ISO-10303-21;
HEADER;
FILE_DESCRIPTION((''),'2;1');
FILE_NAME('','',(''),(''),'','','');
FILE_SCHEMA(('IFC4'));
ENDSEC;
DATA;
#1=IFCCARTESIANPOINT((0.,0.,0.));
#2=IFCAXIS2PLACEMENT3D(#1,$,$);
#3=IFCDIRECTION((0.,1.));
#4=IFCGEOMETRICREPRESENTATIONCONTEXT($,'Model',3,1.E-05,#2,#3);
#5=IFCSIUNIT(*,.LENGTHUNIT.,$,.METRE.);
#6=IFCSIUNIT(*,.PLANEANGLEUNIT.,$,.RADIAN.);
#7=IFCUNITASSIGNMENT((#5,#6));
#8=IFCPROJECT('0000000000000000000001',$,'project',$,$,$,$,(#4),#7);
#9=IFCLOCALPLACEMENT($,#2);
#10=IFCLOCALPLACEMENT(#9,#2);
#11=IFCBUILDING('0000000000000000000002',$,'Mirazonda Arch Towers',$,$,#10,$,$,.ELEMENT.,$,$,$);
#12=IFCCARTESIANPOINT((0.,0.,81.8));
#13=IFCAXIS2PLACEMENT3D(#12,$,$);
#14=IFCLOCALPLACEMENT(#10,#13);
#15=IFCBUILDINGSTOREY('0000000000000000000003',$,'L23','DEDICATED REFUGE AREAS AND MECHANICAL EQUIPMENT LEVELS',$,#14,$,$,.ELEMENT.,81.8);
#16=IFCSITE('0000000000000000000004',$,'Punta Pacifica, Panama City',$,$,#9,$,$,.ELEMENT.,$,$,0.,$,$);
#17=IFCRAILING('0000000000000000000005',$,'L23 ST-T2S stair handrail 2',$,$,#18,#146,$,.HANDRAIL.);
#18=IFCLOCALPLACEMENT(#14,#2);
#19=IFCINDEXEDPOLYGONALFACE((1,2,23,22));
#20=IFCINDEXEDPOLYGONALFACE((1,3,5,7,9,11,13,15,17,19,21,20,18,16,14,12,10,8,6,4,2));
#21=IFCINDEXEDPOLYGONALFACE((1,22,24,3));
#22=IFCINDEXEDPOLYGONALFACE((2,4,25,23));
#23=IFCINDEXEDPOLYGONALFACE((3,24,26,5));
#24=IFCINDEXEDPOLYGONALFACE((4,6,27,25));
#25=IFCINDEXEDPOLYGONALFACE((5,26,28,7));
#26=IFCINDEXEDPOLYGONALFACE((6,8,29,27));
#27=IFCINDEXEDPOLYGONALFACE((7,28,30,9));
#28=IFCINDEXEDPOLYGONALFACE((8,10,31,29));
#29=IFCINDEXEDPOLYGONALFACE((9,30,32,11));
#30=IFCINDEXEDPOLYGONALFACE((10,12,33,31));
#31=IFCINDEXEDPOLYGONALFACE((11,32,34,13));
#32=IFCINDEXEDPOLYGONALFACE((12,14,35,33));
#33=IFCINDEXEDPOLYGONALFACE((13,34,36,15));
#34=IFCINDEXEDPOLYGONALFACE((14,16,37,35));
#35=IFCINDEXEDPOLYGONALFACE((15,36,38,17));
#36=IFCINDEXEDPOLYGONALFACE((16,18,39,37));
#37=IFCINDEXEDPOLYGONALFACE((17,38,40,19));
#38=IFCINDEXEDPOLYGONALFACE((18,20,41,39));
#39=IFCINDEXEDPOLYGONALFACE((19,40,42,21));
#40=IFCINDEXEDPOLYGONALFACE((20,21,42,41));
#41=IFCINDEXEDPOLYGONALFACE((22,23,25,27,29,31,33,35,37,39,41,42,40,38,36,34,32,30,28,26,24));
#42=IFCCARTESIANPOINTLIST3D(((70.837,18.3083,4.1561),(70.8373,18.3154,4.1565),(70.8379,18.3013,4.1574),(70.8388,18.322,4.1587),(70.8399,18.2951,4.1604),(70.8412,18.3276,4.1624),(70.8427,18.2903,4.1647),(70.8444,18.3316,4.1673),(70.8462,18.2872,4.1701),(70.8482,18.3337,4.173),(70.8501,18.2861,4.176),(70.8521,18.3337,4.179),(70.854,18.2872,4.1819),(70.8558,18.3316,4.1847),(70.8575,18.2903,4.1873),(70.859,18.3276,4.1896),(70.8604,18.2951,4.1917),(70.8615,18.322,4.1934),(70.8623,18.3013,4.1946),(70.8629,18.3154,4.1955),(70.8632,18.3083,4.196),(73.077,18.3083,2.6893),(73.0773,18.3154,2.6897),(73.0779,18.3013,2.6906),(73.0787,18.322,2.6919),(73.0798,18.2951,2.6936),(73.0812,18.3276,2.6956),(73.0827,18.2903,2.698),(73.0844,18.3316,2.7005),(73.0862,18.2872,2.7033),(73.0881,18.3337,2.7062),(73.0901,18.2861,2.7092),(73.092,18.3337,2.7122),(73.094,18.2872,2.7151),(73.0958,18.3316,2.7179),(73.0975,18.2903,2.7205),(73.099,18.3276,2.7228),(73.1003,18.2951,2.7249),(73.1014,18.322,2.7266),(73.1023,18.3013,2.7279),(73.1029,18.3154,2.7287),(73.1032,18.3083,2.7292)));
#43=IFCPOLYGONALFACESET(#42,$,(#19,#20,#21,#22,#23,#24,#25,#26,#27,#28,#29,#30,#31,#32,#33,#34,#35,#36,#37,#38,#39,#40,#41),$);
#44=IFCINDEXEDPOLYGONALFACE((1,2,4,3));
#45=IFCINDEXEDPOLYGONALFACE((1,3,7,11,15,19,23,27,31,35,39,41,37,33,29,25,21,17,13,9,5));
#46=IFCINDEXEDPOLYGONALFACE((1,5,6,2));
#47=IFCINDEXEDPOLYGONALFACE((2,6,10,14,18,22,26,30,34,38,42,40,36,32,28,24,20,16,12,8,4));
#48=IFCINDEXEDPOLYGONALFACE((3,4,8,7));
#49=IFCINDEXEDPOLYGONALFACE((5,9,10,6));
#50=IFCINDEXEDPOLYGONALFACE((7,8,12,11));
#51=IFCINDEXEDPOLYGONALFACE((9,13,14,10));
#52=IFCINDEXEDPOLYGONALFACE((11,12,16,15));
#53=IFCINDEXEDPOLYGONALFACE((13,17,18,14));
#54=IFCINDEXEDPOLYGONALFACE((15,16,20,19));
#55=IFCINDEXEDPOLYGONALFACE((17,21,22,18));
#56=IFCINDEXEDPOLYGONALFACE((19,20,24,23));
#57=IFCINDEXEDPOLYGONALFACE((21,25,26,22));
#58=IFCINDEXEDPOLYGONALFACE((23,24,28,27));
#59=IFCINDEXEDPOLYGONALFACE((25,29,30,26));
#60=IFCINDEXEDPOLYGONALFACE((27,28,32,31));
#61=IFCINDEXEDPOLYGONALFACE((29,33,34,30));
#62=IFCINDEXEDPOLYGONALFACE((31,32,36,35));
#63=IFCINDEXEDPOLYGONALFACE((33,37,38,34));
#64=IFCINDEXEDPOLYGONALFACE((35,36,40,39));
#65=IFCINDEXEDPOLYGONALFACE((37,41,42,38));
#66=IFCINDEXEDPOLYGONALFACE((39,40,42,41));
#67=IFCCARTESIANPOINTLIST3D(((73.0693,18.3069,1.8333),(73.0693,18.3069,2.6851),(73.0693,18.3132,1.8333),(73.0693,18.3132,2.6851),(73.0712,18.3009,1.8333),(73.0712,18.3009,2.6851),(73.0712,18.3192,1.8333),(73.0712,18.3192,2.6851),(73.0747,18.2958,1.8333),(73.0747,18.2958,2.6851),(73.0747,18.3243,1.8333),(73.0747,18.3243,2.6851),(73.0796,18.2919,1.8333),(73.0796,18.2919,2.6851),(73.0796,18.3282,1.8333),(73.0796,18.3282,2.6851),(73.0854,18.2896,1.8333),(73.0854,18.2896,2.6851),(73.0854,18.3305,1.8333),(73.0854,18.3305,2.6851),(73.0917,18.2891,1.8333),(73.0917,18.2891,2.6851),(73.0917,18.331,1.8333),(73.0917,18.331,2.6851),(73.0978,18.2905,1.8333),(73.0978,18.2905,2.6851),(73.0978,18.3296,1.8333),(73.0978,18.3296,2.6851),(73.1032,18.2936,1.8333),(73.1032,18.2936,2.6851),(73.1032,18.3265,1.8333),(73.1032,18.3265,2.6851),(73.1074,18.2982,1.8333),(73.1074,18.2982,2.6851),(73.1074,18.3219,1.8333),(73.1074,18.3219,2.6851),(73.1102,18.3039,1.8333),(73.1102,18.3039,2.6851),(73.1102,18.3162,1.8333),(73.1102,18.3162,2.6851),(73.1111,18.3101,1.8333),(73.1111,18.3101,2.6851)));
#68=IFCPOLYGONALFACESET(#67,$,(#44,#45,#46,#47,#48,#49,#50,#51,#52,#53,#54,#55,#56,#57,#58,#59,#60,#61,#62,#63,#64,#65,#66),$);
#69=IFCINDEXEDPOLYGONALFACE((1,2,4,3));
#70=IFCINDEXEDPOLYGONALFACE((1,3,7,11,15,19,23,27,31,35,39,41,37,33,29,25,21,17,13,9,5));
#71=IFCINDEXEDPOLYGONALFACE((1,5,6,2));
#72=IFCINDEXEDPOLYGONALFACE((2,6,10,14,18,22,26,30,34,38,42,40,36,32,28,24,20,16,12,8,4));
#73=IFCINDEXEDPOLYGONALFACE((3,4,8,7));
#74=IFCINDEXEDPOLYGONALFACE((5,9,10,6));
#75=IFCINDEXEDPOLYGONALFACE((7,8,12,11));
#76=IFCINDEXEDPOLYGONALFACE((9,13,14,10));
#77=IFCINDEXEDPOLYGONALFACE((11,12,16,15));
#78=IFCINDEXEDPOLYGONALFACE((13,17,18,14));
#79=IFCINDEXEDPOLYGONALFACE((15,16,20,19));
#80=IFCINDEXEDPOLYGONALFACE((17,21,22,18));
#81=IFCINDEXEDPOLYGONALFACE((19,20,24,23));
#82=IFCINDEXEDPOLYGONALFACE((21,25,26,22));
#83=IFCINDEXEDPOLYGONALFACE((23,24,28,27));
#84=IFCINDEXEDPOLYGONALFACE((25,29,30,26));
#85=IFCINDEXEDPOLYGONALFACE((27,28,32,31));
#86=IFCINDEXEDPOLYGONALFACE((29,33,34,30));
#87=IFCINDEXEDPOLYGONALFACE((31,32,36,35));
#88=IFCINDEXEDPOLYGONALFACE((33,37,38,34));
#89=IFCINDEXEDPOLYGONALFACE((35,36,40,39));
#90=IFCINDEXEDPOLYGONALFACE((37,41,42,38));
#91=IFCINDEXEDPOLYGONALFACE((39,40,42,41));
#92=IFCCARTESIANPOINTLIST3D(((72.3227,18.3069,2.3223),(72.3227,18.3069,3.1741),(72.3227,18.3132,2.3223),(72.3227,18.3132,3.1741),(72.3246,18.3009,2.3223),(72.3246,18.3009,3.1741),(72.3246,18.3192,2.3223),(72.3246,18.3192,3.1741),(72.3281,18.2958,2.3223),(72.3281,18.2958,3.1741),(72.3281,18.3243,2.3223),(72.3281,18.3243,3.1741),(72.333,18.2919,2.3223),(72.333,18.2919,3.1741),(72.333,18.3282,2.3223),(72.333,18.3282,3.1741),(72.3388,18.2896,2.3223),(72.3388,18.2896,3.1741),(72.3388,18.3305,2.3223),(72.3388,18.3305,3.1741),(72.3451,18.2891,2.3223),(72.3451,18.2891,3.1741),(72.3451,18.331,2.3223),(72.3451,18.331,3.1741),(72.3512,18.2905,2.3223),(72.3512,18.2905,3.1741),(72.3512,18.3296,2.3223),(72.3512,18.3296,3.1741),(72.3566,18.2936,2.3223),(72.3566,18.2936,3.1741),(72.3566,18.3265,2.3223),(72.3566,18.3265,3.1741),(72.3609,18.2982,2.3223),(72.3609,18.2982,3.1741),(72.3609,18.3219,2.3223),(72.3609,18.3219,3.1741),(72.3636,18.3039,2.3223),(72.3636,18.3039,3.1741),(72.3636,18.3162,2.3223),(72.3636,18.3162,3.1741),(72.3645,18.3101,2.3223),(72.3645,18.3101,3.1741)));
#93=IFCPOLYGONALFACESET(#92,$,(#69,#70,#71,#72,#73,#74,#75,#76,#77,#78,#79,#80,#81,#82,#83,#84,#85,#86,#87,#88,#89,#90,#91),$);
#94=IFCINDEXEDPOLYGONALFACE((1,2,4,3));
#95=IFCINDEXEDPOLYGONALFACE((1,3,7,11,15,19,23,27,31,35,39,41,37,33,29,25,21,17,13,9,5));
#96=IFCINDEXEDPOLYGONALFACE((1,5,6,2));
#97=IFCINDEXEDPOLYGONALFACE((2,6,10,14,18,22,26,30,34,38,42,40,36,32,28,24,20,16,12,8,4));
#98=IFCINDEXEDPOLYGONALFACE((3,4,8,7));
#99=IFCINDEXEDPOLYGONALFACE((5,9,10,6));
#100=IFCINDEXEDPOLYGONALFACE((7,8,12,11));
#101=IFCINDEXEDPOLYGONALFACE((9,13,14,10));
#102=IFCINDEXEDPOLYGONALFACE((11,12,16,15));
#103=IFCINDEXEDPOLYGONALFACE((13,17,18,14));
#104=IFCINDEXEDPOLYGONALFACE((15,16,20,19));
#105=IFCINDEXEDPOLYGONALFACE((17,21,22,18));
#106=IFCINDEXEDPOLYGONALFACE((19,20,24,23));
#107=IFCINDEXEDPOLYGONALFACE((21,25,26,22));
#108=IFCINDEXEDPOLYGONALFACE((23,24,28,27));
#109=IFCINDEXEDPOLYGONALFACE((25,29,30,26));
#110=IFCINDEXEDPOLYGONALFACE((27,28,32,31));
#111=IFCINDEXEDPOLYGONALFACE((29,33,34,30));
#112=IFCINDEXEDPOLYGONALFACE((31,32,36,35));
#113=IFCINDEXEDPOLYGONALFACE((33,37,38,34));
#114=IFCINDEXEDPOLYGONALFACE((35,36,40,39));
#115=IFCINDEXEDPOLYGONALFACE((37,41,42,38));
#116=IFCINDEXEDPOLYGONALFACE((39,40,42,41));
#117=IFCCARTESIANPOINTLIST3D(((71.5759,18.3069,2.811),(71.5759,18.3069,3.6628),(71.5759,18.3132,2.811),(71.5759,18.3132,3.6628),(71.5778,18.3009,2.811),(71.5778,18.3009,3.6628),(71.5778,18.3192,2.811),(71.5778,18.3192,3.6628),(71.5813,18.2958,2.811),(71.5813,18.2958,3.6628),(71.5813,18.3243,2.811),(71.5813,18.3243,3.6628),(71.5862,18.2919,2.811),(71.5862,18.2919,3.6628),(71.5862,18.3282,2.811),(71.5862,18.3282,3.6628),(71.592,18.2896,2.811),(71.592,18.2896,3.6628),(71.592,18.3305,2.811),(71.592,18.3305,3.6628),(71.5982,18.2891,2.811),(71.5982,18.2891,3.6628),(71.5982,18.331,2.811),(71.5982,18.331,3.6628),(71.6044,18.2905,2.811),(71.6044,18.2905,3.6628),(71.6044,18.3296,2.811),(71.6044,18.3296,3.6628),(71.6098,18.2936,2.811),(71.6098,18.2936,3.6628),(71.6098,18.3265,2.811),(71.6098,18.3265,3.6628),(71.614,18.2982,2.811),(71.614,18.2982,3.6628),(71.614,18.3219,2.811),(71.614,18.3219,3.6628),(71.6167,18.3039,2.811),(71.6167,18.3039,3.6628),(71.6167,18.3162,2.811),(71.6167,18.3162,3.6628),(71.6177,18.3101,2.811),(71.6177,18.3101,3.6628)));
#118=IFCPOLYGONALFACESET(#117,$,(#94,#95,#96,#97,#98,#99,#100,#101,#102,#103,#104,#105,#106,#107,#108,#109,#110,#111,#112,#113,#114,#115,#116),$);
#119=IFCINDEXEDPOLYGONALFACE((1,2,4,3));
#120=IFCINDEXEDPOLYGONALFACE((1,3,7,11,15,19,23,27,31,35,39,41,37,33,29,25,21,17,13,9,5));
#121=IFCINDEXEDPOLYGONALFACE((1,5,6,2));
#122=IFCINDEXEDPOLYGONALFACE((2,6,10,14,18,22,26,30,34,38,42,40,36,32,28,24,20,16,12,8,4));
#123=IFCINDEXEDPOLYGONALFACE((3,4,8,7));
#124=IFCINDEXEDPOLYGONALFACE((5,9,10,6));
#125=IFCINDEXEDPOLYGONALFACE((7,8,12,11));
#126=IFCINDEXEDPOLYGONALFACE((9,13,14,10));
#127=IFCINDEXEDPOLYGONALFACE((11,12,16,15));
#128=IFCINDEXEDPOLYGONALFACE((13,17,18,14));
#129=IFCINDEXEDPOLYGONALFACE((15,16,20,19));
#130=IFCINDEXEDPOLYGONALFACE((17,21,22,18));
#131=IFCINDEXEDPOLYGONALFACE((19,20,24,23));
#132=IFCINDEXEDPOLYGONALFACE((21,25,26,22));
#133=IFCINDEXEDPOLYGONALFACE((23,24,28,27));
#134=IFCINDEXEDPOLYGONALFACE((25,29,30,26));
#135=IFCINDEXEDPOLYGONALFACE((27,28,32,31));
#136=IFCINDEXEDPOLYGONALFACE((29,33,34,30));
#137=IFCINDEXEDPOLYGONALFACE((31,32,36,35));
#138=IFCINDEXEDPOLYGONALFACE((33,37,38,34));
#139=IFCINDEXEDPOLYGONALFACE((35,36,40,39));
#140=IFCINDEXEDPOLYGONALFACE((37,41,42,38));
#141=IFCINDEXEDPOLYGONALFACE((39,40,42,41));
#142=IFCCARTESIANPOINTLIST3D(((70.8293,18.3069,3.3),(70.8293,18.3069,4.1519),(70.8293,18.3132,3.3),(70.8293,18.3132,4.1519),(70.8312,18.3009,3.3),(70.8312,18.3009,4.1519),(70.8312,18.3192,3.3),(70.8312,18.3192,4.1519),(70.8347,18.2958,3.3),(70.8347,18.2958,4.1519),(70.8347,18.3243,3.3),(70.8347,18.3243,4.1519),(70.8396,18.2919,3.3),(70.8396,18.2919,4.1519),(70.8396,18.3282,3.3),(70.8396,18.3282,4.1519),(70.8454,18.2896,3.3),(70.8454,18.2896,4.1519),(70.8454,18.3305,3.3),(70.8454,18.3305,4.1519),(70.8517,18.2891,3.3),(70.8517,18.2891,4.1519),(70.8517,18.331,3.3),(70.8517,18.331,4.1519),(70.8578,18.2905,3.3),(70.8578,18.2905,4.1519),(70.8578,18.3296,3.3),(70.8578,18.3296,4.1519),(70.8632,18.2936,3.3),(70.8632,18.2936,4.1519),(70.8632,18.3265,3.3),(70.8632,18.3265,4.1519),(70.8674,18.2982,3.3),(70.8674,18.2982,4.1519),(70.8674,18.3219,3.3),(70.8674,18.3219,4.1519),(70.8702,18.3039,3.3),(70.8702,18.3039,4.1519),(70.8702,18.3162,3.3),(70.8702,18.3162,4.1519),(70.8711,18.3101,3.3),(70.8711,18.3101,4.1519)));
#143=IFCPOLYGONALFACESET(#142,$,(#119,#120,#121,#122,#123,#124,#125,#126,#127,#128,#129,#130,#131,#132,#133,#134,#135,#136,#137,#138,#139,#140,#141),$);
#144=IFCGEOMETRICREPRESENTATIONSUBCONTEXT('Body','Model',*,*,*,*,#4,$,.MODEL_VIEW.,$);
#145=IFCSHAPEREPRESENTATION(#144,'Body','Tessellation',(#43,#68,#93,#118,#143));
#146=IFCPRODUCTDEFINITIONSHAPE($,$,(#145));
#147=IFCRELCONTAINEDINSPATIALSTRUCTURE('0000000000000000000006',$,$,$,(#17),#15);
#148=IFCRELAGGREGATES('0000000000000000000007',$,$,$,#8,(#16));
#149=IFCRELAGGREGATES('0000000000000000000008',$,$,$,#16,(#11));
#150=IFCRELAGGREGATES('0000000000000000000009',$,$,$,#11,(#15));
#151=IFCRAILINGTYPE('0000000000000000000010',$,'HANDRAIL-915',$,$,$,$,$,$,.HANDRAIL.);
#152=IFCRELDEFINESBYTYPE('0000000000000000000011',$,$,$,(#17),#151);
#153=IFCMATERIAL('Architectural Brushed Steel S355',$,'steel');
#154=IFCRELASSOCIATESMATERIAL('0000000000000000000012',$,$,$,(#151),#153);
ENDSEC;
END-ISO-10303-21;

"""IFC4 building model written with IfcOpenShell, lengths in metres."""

from ifc_helpers import new_model, si_unit, direction, frame, origin, origin_2d, place, context, subcontext, project, spatial, circle, extrude, material, type_object, element, save


model = new_model("IFC4")

# Units and contexts
model_context = context("Model", 3, precision=1e-05, world=origin(), true_north=direction((0.0, 1.0)))
body_context = subcontext(model_context, "Body", "Model", "MODEL_VIEW")
ifc_project = project(units=[si_unit("LENGTHUNIT", "METRE"), si_unit("PLANEANGLEUNIT", "RADIAN")], contexts=[model_context])

# Site, building, storey
site_placement = place(None, origin())
site = spatial("IfcSite", under=ifc_project, at=site_placement, Name="Punta Pacifica, Panama City", CompositionType="ELEMENT", RefElevation=0.0)
building_placement = place(site_placement, origin())
building = spatial("IfcBuilding", under=site, at=building_placement, Name="Mirazonda Arch Towers", CompositionType="ELEMENT")
storey_placement = place(building_placement, frame((0.0, 0.0, 81.8)))
storey = spatial("IfcBuildingStorey", under=building, at=storey_placement, Name="L23", Description="DEDICATED REFUGE AREAS AND MECHANICAL EQUIPMENT LEVELS", CompositionType="ELEMENT", Elevation=81.8)

# Shared definitions
ifc_material_1 = material(Name="Architectural Brushed Steel S355", Category="steel")

# Railing
railing_type_1 = type_object("IfcRailingType", Name="HANDRAIL-915", PredefinedType="HANDRAIL", material=ifc_material_1)
railing_1_placement = place(storey_placement, frame((73.0901, 18.3101, 1.8333)))
element("IfcRailing", 1, at=railing_1_placement, inside=storey, type_object=railing_type_1, Name="L23 ST-T2S stair handrail 2", PredefinedType="HANDRAIL", context=body_context, shape_type="SweptSolid", body=[
    extrude(circle(Radius=0.0239, at=origin_2d()), frame((0.0, 0.0, 0.876), z_axis=(-0.836595, 0.0, 0.547822), x_axis=(0.0, -1.0, 0.0)), (0.0, 0.0, 1.0), 2.6775),
    extrude(circle(Radius=0.021, at=origin_2d()), origin(), (0.0, 0.0, 1.0), 0.8518),
    extrude(circle(Radius=0.021, at=origin_2d()), frame((-0.7466, 0.0, 0.489)), (0.0, 0.0, 1.0), 0.8518),
    extrude(circle(Radius=0.021, at=origin_2d()), frame((-1.4934, 0.0, 0.9778)), (0.0, 0.0, 1.0), 0.8518),
    extrude(circle(Radius=0.021, at=origin_2d()), frame((-2.24, 0.0, 1.4668)), (0.0, 0.0, 1.0), 0.8518),
])

save(model, "model.ifc")
